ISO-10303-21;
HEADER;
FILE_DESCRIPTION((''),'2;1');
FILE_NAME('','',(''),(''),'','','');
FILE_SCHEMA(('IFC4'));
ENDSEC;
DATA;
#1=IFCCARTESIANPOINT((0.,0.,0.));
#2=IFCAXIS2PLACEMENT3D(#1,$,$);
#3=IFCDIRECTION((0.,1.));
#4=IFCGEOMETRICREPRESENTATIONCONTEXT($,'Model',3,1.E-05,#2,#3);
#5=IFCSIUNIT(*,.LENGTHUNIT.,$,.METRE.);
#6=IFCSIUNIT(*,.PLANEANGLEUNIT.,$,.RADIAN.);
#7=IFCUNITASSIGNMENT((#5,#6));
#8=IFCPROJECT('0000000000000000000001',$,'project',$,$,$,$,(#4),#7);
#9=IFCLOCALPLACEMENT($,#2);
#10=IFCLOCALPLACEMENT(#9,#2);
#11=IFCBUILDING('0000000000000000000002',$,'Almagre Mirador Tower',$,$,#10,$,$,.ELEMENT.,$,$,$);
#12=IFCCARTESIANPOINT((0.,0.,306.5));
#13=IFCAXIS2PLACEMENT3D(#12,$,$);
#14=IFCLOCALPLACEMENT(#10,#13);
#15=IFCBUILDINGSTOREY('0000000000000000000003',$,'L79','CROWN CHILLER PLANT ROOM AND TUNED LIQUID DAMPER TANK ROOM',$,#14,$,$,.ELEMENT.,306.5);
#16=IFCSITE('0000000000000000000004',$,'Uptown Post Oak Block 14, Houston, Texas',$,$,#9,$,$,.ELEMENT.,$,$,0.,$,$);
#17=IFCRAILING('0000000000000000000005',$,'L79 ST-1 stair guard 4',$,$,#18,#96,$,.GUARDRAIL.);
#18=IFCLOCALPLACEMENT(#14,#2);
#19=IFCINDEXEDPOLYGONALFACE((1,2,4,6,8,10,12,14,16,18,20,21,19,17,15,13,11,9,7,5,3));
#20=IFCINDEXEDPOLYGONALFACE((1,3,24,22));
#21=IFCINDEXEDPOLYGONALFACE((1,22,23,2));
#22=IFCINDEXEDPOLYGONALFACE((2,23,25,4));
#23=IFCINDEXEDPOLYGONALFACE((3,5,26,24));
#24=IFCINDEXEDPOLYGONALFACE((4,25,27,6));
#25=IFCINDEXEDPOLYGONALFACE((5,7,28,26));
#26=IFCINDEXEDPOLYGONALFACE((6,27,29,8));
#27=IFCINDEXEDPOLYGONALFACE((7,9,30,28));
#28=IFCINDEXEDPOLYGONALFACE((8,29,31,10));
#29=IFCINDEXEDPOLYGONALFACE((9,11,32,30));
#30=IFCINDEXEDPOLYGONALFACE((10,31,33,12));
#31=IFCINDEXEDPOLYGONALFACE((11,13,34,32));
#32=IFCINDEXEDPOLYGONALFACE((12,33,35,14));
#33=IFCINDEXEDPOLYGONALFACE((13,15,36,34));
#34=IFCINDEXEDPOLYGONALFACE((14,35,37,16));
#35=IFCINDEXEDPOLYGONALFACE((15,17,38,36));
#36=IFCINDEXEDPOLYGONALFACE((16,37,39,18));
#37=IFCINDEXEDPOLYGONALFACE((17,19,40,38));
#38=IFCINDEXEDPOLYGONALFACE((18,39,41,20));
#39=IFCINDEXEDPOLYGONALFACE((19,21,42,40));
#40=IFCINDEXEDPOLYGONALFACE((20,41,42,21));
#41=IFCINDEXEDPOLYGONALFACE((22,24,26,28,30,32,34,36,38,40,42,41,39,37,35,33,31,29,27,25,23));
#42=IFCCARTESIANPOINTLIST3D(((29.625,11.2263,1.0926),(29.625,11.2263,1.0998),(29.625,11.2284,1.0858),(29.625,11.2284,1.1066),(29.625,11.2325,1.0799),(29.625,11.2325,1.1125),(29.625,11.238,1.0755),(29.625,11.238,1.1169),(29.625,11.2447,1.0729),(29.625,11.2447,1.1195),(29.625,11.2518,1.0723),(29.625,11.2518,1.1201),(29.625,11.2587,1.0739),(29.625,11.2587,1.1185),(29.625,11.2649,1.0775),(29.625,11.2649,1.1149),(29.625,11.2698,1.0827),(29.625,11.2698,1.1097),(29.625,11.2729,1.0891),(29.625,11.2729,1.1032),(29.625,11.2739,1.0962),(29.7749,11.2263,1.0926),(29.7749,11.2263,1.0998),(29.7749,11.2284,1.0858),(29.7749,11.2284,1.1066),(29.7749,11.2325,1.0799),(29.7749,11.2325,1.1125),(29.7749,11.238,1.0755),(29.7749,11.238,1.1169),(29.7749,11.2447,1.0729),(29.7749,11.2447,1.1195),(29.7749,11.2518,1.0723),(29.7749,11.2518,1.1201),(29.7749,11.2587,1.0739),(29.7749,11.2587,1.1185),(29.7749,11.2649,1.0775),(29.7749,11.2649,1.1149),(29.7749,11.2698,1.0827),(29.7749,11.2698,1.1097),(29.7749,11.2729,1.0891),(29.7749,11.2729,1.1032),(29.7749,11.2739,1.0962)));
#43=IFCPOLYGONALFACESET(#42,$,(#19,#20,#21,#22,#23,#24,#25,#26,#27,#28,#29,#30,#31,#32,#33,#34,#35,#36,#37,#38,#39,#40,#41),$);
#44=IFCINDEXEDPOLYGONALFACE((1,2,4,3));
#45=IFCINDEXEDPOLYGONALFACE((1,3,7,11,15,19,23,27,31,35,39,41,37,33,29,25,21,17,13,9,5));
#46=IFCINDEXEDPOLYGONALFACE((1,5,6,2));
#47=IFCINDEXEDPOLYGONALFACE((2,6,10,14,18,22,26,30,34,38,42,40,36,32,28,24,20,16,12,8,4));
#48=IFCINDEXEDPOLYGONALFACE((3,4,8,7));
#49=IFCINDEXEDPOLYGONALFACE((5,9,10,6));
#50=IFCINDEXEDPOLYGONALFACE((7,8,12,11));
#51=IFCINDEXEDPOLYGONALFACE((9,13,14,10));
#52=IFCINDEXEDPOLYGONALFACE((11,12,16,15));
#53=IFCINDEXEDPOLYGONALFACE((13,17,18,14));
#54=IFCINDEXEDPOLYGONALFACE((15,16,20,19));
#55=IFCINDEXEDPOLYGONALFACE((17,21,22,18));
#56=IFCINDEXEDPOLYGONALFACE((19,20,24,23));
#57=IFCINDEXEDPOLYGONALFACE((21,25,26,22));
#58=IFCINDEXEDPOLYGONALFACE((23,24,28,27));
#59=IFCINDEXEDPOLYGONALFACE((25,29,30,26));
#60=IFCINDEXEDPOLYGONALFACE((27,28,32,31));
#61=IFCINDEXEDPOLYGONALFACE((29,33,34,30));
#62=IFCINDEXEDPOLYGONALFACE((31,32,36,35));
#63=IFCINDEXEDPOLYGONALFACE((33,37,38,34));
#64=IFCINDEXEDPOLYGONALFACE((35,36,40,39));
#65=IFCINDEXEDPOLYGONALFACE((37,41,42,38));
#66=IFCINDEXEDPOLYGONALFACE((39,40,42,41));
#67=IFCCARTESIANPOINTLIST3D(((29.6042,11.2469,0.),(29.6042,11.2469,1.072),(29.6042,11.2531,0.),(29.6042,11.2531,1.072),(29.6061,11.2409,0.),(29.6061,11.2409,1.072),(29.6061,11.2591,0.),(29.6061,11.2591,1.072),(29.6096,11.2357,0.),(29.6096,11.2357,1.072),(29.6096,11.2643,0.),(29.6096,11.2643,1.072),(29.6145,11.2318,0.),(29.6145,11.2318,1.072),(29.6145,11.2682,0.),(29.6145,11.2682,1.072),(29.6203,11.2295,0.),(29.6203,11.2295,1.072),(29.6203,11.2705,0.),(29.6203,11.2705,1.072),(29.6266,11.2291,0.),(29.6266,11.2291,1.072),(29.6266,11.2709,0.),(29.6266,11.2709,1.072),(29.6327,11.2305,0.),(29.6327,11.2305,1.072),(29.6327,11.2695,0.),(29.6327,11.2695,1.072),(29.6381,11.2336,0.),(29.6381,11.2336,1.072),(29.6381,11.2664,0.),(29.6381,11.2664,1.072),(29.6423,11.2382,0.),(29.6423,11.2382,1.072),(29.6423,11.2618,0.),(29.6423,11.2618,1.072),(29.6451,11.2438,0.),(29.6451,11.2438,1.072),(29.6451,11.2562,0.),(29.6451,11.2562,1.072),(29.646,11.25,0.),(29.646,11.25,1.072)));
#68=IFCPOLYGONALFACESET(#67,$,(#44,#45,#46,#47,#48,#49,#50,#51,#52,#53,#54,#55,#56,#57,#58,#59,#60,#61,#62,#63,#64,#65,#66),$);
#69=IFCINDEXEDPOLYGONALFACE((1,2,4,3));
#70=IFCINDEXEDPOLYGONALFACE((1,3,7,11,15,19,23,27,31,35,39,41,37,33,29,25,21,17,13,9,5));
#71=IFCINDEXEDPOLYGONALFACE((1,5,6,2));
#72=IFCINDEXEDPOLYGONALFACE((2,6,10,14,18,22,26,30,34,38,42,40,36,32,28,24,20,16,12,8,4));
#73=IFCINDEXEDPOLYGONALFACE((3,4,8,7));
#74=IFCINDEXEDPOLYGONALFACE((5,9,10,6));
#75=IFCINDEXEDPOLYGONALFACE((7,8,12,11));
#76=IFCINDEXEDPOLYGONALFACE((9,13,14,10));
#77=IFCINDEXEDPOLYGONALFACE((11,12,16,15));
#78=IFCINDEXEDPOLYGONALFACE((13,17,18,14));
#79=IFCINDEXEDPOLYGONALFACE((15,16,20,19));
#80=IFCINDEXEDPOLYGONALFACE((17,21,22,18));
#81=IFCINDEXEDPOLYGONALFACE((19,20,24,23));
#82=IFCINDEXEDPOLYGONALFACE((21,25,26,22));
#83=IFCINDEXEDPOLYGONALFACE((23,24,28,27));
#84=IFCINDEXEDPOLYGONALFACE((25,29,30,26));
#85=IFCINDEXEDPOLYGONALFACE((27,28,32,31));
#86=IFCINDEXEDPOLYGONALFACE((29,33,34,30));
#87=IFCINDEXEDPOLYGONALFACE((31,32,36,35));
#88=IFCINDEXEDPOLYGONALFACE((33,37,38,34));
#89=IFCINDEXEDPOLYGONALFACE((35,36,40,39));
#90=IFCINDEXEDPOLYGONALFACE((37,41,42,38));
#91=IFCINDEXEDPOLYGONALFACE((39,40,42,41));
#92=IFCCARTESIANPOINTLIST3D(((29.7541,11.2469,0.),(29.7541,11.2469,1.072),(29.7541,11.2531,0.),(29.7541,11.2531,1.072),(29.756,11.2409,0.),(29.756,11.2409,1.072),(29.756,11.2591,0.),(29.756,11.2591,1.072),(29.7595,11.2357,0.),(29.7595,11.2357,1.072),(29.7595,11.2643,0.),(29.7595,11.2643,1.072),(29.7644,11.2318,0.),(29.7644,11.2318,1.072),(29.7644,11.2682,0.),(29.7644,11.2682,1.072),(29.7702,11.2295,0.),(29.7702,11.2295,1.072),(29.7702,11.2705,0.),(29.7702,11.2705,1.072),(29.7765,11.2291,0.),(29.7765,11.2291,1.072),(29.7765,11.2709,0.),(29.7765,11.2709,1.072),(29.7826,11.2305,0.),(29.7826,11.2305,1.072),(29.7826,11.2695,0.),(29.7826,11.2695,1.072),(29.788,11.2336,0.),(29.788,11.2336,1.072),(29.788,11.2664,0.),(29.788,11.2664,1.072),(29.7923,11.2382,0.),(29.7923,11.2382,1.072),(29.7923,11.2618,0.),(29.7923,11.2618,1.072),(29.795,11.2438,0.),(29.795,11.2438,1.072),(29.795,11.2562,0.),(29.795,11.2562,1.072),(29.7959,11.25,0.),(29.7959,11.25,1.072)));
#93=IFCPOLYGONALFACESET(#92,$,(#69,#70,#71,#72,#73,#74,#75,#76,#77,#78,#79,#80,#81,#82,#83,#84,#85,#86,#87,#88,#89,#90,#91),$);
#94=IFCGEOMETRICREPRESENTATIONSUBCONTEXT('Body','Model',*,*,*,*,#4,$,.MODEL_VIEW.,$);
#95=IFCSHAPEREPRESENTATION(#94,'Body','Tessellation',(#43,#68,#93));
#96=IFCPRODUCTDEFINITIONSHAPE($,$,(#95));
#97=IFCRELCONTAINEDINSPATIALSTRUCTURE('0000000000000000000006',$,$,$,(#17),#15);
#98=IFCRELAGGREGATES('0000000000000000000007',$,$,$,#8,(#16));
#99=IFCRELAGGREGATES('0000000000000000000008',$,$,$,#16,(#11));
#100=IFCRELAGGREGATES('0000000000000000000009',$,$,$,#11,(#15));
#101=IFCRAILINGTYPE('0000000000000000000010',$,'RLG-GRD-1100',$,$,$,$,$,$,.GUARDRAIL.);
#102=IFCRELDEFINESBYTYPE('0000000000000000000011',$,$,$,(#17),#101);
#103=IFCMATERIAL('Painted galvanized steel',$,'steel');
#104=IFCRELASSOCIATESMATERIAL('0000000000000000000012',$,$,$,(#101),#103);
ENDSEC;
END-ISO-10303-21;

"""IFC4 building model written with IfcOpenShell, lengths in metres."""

from ifc_helpers import new_model, si_unit, direction, frame, origin, origin_2d, place, context, subcontext, project, spatial, circle, extrude, material, type_object, element, save


model = new_model("IFC4")

# Units and contexts
model_context = context("Model", 3, precision=1e-05, world=origin(), true_north=direction((0.0, 1.0)))
body_context = subcontext(model_context, "Body", "Model", "MODEL_VIEW")
ifc_project = project(units=[si_unit("LENGTHUNIT", "METRE"), si_unit("PLANEANGLEUNIT", "RADIAN")], contexts=[model_context])

# Site, building, storey
site_placement = place(None, origin())
site = spatial("IfcSite", under=ifc_project, at=site_placement, Name="Uptown Post Oak Block 14, Houston, Texas", CompositionType="ELEMENT", RefElevation=0.0)
building_placement = place(site_placement, origin())
building = spatial("IfcBuilding", under=site, at=building_placement, Name="Almagre Mirador Tower", CompositionType="ELEMENT")
storey_placement = place(building_placement, frame((0.0, 0.0, 306.5)))
storey = spatial("IfcBuildingStorey", under=building, at=storey_placement, Name="L79", Description="CROWN CHILLER PLANT ROOM AND TUNED LIQUID DAMPER TANK ROOM", CompositionType="ELEMENT", Elevation=306.5)

# Railing
ifc_material_1 = material(Name="Painted galvanized steel", Category="steel")
railing_type_1 = type_object("IfcRailingType", Name="RLG-GRD-1100", PredefinedType="GUARDRAIL", material=ifc_material_1)
railing_1_placement = place(storey_placement, frame((29.625, 11.25, 0.0)))
element("IfcRailing", 1, at=railing_1_placement, inside=storey, type_object=railing_type_1, Name="L79 ST-1 stair guard 4", PredefinedType="GUARDRAIL", context=body_context, shape_type="SweptSolid", body=[
    extrude(circle(Radius=0.0239, at=origin_2d()), frame((0.0, 0.0, 1.0962), z_axis=(1.0, 0.0, 0.0), x_axis=(0.0, 1.0, 0.0)), (0.0, 0.0, 1.0), 0.1499),
    extrude(circle(Radius=0.021, at=origin_2d()), origin(), (0.0, 0.0, 1.0), 1.072),
    extrude(circle(Radius=0.021, at=origin_2d()), frame((0.1499, 0.0, 0.0)), (0.0, 0.0, 1.0), 1.072),
])

save(model, "model.ifc")
